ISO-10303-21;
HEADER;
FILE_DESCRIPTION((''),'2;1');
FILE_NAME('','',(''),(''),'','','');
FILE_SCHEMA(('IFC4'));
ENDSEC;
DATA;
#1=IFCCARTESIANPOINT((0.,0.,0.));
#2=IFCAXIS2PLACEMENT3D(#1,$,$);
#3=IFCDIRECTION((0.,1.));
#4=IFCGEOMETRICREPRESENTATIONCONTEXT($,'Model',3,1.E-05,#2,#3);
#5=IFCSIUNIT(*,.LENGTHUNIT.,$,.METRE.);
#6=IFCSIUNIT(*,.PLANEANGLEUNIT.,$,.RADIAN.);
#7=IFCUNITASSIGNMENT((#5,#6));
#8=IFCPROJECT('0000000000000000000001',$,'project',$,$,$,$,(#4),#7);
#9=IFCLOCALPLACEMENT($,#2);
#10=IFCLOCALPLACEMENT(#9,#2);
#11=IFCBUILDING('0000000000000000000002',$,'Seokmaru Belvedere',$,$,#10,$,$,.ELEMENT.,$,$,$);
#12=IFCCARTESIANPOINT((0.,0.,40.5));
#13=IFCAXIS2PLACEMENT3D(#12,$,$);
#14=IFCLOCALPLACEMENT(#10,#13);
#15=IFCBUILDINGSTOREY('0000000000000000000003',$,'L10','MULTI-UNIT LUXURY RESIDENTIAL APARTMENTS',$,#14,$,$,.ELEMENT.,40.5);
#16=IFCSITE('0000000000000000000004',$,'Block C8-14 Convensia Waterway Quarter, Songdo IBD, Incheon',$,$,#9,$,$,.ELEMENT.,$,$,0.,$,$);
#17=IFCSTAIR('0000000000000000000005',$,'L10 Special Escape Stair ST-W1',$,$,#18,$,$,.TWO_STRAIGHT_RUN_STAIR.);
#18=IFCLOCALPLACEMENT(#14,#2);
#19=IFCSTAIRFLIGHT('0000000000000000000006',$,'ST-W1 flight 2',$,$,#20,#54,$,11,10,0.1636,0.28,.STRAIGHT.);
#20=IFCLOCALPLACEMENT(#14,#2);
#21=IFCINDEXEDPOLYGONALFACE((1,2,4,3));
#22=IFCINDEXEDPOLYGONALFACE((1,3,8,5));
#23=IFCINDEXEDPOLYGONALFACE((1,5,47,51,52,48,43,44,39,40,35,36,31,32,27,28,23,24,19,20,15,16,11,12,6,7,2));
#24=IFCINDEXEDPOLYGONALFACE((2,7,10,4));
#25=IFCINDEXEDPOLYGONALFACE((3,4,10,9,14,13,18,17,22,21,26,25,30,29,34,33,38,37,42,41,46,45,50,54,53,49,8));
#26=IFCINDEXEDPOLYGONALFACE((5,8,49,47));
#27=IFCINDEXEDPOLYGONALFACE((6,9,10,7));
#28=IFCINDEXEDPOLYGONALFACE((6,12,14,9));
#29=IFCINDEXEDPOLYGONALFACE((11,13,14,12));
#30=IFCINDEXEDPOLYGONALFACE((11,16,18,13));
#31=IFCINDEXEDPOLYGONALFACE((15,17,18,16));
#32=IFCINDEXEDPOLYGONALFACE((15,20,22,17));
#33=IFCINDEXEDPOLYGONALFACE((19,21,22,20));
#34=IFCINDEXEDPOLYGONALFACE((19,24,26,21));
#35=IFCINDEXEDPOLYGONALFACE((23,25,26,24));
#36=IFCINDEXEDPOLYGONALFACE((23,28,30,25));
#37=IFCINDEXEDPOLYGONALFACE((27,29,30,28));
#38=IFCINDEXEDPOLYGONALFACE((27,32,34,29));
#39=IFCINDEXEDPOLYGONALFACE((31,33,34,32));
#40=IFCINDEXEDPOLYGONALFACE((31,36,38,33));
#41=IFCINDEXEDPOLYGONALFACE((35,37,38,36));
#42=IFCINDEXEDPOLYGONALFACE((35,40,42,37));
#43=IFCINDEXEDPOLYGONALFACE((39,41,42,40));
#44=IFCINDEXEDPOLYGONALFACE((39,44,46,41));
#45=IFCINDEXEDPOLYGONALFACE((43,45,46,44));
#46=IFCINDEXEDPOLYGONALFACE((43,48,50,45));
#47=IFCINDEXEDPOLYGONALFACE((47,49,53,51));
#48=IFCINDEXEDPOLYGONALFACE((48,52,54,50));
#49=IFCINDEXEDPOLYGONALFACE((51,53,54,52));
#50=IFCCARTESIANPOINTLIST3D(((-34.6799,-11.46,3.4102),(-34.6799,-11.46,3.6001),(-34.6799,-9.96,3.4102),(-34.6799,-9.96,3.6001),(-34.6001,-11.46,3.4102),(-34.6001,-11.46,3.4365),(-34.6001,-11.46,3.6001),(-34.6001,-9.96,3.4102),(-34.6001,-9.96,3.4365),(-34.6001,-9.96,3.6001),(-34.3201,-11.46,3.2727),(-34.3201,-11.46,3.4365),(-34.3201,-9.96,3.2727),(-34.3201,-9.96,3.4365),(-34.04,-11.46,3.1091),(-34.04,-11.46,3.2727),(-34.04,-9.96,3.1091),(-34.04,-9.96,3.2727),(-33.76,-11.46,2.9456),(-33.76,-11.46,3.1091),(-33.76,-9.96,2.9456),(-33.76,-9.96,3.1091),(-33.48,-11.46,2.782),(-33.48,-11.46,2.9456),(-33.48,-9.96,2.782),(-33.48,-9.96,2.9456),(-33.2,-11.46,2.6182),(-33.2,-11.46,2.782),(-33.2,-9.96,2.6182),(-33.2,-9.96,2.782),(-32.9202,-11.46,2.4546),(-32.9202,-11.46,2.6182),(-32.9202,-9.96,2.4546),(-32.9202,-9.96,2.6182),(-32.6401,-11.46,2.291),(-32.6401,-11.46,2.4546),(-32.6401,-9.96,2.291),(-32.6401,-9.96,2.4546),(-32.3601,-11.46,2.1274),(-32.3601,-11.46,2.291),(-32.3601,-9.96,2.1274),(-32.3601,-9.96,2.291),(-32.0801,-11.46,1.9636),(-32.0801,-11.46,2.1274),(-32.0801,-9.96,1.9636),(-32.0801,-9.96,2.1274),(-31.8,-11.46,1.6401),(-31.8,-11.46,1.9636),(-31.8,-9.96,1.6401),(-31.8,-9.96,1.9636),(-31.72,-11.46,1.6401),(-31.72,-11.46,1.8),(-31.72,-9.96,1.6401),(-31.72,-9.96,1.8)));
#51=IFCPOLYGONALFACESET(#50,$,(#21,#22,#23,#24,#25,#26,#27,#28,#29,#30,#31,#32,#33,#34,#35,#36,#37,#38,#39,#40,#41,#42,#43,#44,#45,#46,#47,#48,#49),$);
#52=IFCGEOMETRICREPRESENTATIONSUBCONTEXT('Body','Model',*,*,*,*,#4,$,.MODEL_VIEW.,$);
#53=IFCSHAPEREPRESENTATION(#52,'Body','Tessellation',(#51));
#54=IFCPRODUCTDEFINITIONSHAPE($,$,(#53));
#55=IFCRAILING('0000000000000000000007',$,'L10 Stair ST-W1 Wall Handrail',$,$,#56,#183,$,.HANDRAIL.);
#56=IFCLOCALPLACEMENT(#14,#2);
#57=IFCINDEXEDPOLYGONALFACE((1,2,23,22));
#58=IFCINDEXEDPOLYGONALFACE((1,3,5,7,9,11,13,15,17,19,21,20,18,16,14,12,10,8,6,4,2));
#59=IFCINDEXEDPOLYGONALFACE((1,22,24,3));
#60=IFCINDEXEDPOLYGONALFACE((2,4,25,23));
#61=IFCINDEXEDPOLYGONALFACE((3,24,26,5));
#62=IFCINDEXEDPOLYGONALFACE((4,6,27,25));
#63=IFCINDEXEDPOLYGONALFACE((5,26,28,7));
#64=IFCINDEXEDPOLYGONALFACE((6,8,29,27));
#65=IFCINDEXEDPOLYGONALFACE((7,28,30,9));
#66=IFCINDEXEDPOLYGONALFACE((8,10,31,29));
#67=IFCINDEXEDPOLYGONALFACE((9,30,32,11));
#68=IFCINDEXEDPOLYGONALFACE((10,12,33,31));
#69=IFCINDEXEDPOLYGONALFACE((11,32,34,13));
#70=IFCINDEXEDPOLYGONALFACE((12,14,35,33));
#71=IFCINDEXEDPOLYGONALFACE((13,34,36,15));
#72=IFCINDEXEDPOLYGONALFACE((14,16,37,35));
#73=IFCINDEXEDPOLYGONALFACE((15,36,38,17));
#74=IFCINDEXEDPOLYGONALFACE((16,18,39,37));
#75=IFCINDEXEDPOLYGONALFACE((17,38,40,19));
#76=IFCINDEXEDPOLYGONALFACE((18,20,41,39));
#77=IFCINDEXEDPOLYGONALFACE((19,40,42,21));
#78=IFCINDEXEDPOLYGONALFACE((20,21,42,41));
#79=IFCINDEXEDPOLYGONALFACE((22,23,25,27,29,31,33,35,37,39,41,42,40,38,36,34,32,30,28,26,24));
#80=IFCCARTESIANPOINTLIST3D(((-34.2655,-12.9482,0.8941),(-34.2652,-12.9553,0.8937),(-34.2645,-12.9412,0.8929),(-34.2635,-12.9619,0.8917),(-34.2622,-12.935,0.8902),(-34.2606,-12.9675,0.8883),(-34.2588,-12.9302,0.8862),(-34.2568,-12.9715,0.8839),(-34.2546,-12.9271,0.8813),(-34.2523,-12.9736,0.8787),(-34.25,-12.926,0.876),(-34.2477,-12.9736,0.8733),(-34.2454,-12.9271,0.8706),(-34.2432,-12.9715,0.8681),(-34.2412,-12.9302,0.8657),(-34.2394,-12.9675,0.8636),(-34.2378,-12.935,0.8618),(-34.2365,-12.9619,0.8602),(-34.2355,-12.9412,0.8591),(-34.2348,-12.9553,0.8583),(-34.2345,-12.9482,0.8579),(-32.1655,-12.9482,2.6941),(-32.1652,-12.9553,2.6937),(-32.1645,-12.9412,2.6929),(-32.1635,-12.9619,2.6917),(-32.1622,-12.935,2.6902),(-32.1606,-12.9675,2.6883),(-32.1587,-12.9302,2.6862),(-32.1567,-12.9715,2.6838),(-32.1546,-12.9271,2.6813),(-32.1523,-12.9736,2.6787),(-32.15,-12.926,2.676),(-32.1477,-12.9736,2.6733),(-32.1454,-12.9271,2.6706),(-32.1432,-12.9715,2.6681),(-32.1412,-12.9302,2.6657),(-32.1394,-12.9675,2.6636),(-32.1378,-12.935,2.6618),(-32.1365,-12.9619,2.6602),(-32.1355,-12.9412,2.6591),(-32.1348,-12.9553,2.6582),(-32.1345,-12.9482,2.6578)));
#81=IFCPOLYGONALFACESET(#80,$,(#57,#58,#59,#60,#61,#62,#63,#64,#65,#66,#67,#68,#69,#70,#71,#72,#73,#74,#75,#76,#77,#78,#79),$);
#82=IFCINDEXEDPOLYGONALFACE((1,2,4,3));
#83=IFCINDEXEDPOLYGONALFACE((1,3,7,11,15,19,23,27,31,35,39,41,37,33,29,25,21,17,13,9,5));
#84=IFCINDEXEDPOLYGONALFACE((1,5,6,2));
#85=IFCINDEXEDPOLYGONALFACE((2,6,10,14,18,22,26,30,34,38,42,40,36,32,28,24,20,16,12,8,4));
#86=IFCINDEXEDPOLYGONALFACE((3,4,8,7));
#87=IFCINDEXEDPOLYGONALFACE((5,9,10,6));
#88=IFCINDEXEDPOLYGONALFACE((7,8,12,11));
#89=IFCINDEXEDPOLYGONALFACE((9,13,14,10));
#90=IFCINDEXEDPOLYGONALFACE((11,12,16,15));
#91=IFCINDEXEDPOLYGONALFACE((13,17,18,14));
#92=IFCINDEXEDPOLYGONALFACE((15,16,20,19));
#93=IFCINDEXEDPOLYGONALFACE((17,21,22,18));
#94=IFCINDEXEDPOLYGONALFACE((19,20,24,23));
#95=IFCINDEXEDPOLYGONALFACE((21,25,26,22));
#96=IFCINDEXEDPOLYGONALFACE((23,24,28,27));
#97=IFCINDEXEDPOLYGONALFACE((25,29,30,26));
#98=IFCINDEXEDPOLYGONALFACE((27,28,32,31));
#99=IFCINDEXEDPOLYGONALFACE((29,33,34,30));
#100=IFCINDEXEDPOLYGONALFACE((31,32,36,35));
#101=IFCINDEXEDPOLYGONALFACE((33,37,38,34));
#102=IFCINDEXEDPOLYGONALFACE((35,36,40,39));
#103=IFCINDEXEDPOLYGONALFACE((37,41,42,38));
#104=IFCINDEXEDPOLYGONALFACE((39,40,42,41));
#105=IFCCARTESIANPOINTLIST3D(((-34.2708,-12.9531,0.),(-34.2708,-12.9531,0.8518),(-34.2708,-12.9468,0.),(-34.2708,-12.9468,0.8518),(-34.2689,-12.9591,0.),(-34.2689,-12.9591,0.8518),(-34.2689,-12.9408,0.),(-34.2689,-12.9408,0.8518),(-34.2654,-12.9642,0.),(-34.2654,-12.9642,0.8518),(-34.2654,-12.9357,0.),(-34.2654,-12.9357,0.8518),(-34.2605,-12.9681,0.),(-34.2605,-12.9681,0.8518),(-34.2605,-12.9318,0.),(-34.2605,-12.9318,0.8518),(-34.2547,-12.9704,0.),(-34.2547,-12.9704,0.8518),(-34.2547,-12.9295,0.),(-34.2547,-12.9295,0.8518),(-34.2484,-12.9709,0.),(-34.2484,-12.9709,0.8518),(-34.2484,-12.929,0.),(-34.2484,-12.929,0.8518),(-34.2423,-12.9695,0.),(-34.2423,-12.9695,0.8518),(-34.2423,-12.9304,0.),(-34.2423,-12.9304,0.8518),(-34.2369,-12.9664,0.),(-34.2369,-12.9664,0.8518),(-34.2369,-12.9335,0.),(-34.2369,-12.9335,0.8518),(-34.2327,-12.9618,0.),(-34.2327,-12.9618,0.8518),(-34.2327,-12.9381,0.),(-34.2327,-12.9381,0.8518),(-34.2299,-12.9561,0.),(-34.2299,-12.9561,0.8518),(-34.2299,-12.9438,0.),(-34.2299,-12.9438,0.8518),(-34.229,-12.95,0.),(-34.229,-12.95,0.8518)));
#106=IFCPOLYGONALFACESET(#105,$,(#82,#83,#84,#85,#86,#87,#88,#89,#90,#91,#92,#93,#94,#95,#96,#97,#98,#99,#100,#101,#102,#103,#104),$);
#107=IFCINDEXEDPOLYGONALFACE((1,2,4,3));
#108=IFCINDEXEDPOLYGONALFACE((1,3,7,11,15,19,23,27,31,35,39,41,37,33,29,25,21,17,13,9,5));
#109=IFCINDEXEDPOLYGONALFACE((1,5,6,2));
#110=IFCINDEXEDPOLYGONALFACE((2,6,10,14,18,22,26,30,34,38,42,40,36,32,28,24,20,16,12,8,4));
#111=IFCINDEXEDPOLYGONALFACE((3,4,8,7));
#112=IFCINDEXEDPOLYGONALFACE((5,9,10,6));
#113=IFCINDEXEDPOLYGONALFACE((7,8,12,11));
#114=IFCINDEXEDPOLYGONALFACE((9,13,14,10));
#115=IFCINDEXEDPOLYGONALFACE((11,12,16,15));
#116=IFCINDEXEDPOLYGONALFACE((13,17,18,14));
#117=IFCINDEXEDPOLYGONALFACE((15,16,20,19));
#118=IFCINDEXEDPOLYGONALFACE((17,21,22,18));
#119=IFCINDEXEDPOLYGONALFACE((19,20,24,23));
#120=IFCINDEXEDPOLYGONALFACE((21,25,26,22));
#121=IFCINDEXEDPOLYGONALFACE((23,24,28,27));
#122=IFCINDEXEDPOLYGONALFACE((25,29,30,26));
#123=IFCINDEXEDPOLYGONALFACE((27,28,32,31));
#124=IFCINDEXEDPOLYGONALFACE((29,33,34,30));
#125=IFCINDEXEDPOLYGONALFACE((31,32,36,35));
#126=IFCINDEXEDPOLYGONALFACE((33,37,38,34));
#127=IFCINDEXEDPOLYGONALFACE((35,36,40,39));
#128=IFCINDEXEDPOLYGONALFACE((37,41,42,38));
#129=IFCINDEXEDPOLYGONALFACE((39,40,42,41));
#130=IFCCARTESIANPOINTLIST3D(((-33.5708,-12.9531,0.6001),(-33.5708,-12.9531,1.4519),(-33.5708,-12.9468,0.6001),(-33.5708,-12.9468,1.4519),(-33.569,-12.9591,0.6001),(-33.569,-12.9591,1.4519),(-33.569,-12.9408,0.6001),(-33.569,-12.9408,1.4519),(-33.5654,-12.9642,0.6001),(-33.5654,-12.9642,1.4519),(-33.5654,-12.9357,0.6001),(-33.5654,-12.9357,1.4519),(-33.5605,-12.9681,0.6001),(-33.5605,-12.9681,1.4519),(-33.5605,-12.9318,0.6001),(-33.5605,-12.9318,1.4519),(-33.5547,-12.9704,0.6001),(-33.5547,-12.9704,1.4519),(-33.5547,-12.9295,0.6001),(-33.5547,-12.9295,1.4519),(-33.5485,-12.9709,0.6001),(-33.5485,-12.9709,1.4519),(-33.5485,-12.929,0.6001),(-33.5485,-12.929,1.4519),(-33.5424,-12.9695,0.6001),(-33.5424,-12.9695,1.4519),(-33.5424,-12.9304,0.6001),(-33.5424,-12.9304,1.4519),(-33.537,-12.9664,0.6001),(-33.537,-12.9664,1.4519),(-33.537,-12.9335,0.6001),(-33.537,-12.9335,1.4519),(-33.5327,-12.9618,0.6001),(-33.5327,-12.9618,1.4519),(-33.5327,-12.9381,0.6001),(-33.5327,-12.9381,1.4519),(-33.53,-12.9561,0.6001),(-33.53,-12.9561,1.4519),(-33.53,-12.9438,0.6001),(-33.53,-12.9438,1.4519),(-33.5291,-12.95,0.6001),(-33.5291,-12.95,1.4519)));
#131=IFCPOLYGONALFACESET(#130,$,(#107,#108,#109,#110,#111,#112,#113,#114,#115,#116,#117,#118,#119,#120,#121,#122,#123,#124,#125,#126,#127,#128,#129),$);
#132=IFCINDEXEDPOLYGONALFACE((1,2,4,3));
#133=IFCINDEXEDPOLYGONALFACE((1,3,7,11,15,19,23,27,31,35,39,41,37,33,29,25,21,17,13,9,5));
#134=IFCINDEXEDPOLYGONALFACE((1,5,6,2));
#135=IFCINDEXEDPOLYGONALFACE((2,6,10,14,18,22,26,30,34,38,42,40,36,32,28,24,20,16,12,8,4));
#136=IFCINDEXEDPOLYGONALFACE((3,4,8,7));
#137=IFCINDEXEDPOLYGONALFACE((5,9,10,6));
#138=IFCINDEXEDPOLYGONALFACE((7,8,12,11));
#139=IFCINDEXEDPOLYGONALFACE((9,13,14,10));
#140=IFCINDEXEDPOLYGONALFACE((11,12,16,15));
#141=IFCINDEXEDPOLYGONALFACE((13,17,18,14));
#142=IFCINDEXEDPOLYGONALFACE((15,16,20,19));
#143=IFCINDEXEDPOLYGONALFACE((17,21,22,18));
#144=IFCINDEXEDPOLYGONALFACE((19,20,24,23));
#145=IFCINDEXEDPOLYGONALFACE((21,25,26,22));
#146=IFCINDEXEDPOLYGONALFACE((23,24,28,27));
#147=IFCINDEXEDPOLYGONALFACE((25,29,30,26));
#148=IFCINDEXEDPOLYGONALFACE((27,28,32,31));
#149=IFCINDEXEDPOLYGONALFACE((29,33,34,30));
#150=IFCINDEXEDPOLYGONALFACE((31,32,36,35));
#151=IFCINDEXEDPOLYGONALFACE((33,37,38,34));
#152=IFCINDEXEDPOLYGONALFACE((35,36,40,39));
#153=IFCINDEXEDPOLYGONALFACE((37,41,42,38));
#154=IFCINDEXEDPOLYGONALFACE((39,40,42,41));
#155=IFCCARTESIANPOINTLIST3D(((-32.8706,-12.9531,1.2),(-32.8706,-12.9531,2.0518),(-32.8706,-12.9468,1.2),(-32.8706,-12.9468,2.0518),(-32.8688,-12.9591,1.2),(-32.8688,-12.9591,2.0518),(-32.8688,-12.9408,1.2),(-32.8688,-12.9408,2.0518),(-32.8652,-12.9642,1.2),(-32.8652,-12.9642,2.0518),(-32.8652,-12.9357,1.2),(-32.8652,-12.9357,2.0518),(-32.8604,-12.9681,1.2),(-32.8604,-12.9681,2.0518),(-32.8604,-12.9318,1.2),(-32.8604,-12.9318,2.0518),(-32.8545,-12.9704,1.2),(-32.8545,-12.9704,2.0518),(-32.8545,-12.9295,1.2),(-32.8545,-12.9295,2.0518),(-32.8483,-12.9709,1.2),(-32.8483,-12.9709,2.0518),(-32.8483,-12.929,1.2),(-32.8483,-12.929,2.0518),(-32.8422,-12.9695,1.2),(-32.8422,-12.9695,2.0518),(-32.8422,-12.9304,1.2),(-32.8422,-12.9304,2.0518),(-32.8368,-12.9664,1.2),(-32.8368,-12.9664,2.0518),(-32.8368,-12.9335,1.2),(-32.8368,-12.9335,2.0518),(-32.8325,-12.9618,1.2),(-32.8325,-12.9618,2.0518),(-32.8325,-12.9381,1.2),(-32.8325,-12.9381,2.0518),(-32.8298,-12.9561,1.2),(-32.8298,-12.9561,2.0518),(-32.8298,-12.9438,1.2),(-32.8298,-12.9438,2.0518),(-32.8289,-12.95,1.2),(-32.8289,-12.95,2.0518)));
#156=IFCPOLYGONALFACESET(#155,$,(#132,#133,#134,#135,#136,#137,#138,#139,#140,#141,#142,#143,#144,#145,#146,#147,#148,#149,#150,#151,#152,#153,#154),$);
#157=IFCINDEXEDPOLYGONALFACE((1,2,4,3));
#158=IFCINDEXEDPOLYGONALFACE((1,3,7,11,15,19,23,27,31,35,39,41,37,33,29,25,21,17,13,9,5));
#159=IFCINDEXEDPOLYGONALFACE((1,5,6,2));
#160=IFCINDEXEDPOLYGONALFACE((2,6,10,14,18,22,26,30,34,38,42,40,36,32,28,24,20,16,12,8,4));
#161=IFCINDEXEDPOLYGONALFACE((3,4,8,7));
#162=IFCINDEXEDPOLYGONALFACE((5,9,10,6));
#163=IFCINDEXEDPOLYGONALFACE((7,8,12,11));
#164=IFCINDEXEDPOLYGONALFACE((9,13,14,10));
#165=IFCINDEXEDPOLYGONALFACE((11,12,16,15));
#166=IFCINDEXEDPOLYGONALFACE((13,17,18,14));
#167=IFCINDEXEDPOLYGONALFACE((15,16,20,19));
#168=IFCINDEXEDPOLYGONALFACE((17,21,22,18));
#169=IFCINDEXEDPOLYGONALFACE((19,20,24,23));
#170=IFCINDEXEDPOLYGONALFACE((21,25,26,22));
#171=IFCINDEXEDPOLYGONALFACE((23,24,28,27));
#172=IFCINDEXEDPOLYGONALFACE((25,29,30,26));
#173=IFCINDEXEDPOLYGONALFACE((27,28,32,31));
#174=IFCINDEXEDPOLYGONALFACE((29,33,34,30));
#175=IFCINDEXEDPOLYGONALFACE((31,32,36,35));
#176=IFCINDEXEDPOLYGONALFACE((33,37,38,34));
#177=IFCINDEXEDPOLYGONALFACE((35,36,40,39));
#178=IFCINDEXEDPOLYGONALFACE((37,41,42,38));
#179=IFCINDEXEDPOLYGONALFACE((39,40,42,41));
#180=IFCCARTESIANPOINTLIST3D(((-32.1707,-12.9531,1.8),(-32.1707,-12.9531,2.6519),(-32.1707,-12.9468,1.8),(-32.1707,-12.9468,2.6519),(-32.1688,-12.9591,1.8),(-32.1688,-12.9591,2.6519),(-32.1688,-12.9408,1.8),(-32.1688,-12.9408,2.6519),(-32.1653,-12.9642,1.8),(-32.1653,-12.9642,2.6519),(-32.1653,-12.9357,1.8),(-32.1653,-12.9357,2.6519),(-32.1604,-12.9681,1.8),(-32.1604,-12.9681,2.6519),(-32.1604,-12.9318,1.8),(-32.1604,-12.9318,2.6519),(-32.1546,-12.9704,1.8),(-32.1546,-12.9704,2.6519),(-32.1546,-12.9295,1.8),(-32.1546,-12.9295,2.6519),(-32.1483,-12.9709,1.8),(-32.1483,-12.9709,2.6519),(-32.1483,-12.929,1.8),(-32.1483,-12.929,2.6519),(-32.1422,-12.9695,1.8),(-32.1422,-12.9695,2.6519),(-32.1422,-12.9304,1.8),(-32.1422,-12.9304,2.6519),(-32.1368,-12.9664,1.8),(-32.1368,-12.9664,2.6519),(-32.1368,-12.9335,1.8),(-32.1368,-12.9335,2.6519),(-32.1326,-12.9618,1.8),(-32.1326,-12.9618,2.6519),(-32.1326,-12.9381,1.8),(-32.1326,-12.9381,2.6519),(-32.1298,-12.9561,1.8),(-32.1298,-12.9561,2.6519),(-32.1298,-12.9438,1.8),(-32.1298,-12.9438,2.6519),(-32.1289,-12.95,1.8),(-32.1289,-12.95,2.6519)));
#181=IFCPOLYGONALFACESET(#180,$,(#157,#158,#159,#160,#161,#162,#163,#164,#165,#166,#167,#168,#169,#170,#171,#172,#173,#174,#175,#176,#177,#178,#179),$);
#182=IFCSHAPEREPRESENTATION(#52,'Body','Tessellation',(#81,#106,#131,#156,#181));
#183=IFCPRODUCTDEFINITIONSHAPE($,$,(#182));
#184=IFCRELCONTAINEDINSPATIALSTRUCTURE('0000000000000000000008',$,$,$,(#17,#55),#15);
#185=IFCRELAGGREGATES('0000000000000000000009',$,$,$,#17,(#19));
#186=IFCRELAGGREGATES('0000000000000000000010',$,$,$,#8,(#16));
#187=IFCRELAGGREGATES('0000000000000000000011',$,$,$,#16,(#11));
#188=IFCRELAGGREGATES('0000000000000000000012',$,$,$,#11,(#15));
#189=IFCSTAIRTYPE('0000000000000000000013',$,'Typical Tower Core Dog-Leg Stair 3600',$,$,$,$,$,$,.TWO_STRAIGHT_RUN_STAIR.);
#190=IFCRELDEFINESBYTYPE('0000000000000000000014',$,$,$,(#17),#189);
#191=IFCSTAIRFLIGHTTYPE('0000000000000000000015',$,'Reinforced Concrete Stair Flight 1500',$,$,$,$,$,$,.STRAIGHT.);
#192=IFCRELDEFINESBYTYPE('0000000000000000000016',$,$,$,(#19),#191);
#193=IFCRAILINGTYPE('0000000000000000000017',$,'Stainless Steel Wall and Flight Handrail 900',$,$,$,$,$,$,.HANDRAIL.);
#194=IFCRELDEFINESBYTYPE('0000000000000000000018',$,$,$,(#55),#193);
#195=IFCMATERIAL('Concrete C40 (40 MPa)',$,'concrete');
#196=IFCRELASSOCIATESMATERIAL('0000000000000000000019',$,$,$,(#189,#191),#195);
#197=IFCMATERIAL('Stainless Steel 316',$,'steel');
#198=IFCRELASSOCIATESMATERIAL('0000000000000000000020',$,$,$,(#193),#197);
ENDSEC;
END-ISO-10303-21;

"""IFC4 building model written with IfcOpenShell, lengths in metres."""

from ifc_helpers import new_model, si_unit, direction, frame, origin, origin_2d, place, context, subcontext, project, spatial, polyline, circle, outline, extrude, material, type_object, element, aggregate, save


model = new_model("IFC4")

# Units and contexts
model_context = context("Model", 3, precision=1e-05, world=origin(), true_north=direction((0.0, 1.0)))
body_context = subcontext(model_context, "Body", "Model", "MODEL_VIEW")
ifc_project = project(units=[si_unit("LENGTHUNIT", "METRE"), si_unit("PLANEANGLEUNIT", "RADIAN")], contexts=[model_context])

# Site, building, storey
site_placement = place(None, origin())
site = spatial("IfcSite", under=ifc_project, at=site_placement, Name="Block C8-14 Convensia Waterway Quarter, Songdo IBD, Incheon", CompositionType="ELEMENT", RefElevation=0.0)
building_placement = place(site_placement, origin())
building = spatial("IfcBuilding", under=site, at=building_placement, Name="Seokmaru Belvedere", CompositionType="ELEMENT")
storey_placement = place(building_placement, frame((0.0, 0.0, 40.5)))
storey = spatial("IfcBuildingStorey", under=building, at=storey_placement, Name="L10", Description="MULTI-UNIT LUXURY RESIDENTIAL APARTMENTS", CompositionType="ELEMENT", Elevation=40.5)

# Stair, stair flight
ifc_material_1 = material(Name="Concrete C40 (40 MPa)", Category="concrete")
stair_type = type_object("IfcStairType", Name="Typical Tower Core Dog-Leg Stair 3600", PredefinedType="TWO_STRAIGHT_RUN_STAIR", material=ifc_material_1)
stair_placement = place(storey_placement, origin())
stair = element("IfcStair", 1, at=stair_placement, inside=storey, type_object=stair_type, Name="L10 Special Escape Stair ST-W1", PredefinedType="TWO_STRAIGHT_RUN_STAIR")
stair_flight_type = type_object("IfcStairFlightType", Name="Reinforced Concrete Stair Flight 1500", PredefinedType="STRAIGHT", material=ifc_material_1)
stair_flight_1_placement = place(storey_placement, frame((-31.8, -10.71, 1.8), z_axis=(0.0, 0.0, 1.0), x_axis=(-1.0, 0.0, 0.0)))
stair_flight_1 = element("IfcStairFlight", 2, at=stair_flight_1_placement, type_object=stair_flight_type, Name="ST-W1 flight 2", NumberOfRisers=11, NumberOfTreads=10, PredefinedType="STRAIGHT", RiserHeight=0.1636, TreadLength=0.28, context=body_context, shape_type="SweptSolid", body=[
    extrude(outline(polyline([(-0.0801, 0.0), (0.0, 0.1636), (0.28, 0.1636), (0.28, 0.3274), (0.5601, 0.3274), (0.5601, 0.491), (0.8401, 0.491), (0.8401, 0.6545), (1.1201, 0.6545), (1.1201, 0.8181), (1.3999, 0.8181), (1.3999, 0.9819), (1.6799, 0.9819), (1.6799, 1.1455), (1.96, 1.1455), (1.96, 1.3091), (2.24, 1.3091), (2.24, 1.4727), (2.52, 1.4727), (2.52, 1.6365), (2.8, 1.6365), (2.8, 1.8), (2.8799, 1.8), (2.8799, 1.6101), (2.8, 1.6101), (0.0, -0.1599), (-0.0801, -0.1599), (-0.0801, 0.0)])), frame((0.0, 0.75, 0.0), z_axis=(0.0, -1.0, 0.0), x_axis=(1.0, 0.0, 0.0)), (0.0, 0.0, 1.0), 1.5),
])
aggregate(stair, [stair_flight_1])

# Railing
ifc_material_2 = material(Name="Stainless Steel 316", Category="steel")
railing_type_1 = type_object("IfcRailingType", Name="Stainless Steel Wall and Flight Handrail 900", PredefinedType="HANDRAIL", material=ifc_material_2)
railing_1_placement = place(storey_placement, frame((-34.25, -12.95, 0.0)))
element("IfcRailing", 3, at=railing_1_placement, inside=storey, type_object=railing_type_1, Name="L10 Stair ST-W1 Wall Handrail", PredefinedType="HANDRAIL", context=body_context, shape_type="SweptSolid", body=[
    extrude(circle(Radius=0.0239, at=origin_2d()), frame((0.0, 0.0, 0.876), z_axis=(0.759263, 0.0, 0.650784), x_axis=(0.0, 1.0, 0.0)), (0.0, 0.0, 1.0), 2.7659),
    extrude(circle(Radius=0.021, at=origin_2d()), origin(), (0.0, 0.0, 1.0), 0.8518),
    extrude(circle(Radius=0.021, at=origin_2d()), frame((0.7, 0.0, 0.6001)), (0.0, 0.0, 1.0), 0.8518),
    extrude(circle(Radius=0.021, at=origin_2d()), frame((1.4001, 0.0, 1.2)), (0.0, 0.0, 1.0), 0.8518),
    extrude(circle(Radius=0.021, at=origin_2d()), frame((2.1001, 0.0, 1.8)), (0.0, 0.0, 1.0), 0.8518),
])

save(model, "model.ifc")
